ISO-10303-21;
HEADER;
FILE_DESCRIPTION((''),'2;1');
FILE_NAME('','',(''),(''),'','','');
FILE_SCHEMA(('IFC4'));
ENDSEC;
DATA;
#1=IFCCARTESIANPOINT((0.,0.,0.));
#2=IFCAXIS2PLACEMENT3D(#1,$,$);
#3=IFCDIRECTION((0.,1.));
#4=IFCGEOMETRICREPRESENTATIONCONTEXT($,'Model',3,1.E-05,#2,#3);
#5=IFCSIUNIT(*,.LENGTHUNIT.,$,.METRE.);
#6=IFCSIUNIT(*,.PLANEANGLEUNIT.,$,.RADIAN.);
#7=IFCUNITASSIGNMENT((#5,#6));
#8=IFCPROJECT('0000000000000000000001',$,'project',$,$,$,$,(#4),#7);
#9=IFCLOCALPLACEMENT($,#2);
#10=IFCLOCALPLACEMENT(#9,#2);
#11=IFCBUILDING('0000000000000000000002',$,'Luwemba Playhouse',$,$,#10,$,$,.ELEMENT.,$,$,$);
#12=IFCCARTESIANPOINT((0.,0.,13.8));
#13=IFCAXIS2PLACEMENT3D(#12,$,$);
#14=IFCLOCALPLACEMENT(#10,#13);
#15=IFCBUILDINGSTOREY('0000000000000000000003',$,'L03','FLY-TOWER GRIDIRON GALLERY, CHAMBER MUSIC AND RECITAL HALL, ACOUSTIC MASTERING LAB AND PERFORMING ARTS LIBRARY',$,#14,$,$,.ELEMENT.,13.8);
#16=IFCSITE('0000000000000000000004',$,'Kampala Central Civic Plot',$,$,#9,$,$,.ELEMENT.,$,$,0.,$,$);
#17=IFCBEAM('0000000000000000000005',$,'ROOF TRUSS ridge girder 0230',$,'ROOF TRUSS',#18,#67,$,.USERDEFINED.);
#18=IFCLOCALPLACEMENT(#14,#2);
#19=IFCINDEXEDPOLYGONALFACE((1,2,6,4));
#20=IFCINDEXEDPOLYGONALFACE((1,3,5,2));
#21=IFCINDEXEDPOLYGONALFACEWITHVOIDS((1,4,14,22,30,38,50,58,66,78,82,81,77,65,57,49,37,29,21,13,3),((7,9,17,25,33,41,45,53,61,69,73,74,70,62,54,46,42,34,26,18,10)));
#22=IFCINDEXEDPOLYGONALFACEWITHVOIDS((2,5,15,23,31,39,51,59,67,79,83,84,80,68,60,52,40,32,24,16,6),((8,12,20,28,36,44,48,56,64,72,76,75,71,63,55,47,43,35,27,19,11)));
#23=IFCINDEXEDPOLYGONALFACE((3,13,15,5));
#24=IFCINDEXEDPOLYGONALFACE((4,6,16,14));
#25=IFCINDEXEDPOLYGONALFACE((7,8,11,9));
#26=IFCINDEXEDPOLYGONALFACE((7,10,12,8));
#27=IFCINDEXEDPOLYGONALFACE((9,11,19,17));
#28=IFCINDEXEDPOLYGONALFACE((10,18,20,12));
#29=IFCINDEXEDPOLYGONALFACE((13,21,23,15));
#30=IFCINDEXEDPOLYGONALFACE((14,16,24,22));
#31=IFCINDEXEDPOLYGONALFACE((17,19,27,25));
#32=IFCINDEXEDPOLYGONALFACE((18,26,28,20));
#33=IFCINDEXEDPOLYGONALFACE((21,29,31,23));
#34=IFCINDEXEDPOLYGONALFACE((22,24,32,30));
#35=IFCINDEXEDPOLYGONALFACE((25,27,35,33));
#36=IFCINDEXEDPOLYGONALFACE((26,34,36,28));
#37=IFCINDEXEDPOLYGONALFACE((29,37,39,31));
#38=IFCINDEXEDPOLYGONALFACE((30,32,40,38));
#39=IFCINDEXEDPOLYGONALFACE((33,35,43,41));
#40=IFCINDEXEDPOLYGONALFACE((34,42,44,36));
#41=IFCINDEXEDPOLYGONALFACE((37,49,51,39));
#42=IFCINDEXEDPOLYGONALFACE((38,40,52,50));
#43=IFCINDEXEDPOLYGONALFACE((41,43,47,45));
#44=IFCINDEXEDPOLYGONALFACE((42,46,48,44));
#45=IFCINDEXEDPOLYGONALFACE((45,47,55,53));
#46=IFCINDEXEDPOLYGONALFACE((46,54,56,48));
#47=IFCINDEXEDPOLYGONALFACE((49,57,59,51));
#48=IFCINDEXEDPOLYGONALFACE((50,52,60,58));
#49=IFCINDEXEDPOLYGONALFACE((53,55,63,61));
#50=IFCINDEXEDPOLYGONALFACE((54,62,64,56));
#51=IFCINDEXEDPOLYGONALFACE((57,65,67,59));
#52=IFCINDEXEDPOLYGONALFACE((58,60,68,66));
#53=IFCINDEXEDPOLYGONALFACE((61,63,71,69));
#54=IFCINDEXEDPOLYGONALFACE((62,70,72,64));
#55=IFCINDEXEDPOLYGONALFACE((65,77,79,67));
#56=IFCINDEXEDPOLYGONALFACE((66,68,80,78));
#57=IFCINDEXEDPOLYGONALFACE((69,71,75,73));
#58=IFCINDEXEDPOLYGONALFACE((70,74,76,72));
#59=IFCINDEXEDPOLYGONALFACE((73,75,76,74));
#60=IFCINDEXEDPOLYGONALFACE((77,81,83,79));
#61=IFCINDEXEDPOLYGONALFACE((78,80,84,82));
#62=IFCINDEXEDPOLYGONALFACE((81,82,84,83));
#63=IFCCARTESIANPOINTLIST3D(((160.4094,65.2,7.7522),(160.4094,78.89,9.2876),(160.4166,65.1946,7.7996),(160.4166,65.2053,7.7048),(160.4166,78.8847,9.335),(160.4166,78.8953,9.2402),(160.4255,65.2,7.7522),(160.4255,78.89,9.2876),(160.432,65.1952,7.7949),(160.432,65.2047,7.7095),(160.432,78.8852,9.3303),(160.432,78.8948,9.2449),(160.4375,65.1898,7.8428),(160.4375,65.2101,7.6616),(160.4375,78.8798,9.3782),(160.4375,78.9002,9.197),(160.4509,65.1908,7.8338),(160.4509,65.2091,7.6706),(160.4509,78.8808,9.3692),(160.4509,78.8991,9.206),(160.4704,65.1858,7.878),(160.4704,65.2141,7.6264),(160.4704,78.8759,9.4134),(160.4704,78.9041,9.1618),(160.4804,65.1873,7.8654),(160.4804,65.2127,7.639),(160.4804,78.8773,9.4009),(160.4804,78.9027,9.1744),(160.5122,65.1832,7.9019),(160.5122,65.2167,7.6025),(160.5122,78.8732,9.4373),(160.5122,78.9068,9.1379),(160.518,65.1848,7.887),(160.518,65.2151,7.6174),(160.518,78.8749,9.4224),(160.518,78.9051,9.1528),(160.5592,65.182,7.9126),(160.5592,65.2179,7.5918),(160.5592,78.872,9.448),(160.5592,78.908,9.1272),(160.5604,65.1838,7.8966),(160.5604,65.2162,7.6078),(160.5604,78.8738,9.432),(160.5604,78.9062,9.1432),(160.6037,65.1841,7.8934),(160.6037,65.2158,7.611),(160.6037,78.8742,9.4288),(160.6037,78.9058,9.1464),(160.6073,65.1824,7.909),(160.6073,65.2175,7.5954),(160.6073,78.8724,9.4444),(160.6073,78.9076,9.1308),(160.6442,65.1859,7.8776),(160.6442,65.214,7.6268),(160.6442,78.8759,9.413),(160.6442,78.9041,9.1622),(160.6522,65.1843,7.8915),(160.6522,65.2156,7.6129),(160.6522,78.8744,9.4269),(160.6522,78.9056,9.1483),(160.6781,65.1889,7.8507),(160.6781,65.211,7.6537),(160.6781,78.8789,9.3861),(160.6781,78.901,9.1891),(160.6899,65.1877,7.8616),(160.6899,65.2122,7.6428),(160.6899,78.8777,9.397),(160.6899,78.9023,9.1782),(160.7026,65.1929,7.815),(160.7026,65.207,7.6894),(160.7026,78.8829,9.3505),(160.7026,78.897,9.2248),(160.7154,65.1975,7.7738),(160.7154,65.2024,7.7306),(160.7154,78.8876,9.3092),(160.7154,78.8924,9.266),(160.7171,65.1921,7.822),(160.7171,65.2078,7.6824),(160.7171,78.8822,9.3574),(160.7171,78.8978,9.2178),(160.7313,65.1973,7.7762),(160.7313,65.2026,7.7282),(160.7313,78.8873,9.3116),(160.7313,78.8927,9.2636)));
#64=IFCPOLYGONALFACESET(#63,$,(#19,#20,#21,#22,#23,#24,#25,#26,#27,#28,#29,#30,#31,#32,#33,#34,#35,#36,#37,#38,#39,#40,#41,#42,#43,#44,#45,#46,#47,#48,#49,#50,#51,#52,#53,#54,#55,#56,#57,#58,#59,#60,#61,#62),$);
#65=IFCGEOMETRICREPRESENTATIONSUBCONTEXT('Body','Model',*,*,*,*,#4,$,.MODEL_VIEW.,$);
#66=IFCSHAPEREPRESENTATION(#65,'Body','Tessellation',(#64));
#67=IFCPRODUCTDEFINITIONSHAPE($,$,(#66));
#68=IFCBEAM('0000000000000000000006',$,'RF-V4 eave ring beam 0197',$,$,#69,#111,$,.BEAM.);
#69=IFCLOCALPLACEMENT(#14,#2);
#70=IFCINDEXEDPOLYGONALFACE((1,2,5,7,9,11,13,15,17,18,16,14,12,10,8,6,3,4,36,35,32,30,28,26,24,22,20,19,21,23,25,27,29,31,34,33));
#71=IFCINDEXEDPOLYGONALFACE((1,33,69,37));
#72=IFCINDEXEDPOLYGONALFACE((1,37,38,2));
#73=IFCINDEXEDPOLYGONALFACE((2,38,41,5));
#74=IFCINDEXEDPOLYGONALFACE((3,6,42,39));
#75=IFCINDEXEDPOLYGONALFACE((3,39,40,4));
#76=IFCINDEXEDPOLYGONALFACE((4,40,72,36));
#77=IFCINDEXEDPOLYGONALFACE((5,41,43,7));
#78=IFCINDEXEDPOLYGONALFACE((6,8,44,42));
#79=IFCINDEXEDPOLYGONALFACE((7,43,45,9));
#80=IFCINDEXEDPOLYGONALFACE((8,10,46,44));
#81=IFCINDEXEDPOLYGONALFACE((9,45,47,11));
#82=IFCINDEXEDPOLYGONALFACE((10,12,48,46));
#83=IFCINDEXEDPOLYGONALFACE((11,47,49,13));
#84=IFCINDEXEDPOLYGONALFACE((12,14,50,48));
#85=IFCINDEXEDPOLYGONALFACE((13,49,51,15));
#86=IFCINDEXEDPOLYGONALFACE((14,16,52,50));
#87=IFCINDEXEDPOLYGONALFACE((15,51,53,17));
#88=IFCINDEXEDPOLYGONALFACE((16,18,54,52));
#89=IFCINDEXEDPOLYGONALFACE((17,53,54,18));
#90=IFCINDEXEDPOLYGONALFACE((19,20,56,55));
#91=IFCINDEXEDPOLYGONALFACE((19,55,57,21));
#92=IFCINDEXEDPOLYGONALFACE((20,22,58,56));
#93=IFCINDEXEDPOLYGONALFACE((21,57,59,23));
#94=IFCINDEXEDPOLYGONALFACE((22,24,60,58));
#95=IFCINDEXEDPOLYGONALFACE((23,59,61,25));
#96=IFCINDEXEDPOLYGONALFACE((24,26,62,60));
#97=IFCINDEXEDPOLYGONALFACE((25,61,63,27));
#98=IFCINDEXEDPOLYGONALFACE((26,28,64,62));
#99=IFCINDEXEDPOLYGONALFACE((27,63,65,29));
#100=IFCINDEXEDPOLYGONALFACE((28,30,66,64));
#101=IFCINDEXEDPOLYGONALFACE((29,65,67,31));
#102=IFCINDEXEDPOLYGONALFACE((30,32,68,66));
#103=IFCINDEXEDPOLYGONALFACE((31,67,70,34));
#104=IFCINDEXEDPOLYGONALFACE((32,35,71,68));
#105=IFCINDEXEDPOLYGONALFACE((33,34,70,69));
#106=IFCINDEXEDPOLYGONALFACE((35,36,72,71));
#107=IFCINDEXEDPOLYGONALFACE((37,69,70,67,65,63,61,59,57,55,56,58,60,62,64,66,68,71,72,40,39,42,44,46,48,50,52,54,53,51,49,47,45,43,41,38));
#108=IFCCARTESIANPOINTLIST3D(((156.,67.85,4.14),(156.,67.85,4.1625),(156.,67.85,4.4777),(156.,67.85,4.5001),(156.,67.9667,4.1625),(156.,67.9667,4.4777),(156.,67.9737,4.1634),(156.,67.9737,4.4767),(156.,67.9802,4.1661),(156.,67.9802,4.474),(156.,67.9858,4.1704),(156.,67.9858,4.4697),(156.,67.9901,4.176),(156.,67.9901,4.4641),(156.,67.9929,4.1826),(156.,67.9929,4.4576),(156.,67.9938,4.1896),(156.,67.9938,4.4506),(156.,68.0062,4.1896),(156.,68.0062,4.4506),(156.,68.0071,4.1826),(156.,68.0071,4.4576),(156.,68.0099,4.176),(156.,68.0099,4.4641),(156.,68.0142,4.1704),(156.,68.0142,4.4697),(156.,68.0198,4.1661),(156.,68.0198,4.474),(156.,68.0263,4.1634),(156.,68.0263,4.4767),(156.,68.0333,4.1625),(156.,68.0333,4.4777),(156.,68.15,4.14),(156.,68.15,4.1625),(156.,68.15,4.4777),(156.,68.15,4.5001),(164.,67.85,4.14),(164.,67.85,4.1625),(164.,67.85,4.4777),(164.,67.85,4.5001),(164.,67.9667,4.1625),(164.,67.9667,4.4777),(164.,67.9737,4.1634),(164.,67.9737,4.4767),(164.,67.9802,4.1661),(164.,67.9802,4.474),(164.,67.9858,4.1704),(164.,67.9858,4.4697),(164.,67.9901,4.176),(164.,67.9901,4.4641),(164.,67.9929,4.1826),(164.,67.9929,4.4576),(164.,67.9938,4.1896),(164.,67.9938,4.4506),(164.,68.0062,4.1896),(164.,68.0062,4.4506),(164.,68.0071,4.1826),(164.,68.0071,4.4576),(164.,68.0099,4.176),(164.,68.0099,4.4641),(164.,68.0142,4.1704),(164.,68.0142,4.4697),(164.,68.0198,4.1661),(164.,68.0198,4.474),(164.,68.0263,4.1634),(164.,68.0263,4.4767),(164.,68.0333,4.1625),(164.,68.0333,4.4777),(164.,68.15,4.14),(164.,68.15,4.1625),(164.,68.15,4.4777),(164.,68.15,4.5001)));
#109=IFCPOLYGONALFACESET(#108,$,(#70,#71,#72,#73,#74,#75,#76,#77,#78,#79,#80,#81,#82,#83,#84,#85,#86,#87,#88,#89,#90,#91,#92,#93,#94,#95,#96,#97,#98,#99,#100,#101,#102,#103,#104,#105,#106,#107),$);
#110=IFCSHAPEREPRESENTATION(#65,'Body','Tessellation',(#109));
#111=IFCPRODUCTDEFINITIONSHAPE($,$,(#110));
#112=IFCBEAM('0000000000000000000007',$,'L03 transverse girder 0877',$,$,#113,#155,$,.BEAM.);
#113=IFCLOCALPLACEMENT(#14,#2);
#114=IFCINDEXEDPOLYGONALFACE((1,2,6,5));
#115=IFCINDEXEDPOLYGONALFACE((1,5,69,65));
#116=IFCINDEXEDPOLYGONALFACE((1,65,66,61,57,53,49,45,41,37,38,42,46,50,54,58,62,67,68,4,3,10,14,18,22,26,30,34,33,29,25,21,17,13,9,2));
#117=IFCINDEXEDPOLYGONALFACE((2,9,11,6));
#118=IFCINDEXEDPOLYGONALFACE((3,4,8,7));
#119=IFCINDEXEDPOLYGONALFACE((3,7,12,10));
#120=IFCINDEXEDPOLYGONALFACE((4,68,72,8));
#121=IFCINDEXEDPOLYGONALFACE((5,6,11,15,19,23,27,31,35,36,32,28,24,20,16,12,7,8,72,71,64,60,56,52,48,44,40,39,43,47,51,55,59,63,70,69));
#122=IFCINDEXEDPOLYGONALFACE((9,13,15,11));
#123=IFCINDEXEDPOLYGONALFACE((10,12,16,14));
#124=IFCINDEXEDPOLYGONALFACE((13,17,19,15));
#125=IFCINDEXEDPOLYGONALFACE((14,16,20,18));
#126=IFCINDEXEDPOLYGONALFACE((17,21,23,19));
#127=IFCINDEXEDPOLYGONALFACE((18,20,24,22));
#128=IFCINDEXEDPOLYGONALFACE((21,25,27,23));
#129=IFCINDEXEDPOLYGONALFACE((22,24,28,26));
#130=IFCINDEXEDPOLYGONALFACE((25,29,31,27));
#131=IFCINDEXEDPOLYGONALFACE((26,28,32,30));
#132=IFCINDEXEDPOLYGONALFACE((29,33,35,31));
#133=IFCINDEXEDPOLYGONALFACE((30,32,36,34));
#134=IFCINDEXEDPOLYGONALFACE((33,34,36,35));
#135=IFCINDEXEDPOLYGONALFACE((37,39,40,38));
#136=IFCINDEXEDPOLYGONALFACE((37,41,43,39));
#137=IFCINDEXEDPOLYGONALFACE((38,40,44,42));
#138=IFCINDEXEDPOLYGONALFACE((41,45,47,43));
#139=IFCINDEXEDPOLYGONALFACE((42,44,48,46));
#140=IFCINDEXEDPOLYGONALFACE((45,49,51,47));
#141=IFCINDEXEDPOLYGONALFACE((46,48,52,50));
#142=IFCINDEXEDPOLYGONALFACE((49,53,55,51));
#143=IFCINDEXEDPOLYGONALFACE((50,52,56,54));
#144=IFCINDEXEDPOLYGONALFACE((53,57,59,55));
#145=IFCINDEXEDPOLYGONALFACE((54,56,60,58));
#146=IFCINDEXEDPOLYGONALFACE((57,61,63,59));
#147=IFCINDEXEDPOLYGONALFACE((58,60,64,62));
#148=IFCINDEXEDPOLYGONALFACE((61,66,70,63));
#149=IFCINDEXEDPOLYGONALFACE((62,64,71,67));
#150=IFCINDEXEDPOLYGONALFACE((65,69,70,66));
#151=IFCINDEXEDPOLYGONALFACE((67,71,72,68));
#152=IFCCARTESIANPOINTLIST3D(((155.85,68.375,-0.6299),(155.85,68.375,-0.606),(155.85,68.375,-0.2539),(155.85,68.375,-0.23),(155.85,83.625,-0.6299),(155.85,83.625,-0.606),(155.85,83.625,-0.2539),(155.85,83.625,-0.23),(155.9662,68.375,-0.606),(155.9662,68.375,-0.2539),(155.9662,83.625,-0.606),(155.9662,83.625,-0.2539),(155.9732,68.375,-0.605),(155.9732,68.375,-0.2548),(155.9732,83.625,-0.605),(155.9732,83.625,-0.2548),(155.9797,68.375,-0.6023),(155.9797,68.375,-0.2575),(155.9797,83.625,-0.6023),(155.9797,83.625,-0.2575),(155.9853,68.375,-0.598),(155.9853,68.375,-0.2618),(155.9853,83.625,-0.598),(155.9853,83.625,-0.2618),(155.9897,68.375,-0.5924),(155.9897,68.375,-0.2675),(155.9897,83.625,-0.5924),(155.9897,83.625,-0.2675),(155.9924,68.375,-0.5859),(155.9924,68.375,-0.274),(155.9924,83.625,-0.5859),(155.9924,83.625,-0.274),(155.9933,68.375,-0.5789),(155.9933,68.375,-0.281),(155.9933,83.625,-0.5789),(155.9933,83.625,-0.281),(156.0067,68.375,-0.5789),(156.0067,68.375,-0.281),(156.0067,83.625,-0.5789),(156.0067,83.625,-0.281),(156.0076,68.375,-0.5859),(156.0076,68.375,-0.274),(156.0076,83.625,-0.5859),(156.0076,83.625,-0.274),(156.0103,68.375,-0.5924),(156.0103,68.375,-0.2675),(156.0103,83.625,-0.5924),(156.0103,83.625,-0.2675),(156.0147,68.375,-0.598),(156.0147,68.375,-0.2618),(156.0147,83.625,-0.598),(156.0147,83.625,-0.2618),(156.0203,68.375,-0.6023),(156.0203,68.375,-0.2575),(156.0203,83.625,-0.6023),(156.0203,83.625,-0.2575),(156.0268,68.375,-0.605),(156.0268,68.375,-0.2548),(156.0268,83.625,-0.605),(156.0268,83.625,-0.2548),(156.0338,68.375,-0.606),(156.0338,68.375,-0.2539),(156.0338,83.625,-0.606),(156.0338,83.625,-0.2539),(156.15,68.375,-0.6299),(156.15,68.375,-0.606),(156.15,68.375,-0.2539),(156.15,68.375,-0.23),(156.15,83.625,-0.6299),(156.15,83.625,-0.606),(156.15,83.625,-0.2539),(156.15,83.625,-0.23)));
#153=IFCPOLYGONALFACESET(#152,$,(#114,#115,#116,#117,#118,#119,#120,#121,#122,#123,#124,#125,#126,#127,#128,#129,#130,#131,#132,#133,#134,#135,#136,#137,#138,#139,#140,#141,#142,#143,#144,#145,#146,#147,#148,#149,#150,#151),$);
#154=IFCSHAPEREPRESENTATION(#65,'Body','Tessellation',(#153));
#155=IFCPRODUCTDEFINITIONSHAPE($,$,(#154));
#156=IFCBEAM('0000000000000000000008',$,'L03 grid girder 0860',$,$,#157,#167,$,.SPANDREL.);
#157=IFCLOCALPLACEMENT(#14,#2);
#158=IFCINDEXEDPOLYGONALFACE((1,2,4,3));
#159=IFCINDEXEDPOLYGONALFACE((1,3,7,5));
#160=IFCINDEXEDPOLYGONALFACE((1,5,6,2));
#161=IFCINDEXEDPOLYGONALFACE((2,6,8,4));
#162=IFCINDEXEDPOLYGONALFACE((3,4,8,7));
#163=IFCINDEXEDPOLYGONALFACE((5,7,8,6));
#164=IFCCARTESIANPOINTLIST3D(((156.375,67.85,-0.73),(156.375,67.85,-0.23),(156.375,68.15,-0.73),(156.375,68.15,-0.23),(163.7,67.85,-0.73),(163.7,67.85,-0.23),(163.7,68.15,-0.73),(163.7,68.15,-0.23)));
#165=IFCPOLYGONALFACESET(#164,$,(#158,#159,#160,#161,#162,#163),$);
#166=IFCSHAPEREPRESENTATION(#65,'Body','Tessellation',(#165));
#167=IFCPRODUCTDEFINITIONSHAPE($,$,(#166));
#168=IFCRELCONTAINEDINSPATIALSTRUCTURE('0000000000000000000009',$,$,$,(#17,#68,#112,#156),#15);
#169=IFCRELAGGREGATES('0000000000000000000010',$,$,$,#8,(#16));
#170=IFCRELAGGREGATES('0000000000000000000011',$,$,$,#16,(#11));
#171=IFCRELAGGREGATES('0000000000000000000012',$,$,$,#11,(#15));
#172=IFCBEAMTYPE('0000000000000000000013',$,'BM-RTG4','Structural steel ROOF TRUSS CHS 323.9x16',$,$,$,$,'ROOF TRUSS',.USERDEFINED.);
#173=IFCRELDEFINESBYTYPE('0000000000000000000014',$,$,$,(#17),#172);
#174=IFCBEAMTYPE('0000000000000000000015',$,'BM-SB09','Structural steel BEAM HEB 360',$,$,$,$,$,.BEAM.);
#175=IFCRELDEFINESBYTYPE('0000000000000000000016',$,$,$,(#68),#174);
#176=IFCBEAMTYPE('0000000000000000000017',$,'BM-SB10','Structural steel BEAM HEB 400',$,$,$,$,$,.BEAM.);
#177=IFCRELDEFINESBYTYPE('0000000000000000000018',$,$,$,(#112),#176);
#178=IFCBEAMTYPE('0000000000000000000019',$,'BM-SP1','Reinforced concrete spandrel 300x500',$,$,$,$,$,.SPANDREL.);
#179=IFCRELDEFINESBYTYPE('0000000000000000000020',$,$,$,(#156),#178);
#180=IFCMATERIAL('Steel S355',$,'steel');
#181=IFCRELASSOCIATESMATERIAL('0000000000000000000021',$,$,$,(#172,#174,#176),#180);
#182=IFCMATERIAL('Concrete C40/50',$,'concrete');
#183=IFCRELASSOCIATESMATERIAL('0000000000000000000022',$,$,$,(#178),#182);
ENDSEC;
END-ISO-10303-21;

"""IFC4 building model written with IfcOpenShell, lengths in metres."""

from ifc_helpers import new_model, si_unit, direction, frame, origin, origin_2d, place, context, subcontext, project, spatial, rectangle, hollow_circle, i_section, extrude, material, material_profile, profile_set, type_object, element, save


model = new_model("IFC4")

# Units and contexts
model_context = context("Model", 3, precision=1e-05, world=origin(), true_north=direction((0.0, 1.0)))
body_context = subcontext(model_context, "Body", "Model", "MODEL_VIEW")
ifc_project = project(units=[si_unit("LENGTHUNIT", "METRE"), si_unit("PLANEANGLEUNIT", "RADIAN")], contexts=[model_context])

# Site, building, storey
site_placement = place(None, origin())
site = spatial("IfcSite", under=ifc_project, at=site_placement, Name="Kampala Central Civic Plot", CompositionType="ELEMENT", RefElevation=0.0)
building_placement = place(site_placement, origin())
building = spatial("IfcBuilding", under=site, at=building_placement, Name="Luwemba Playhouse", CompositionType="ELEMENT")
storey_placement = place(building_placement, frame((0.0, 0.0, 13.8)))
storey = spatial("IfcBuildingStorey", under=building, at=storey_placement, Name="L03", Description="FLY-TOWER GRIDIRON GALLERY, CHAMBER MUSIC AND RECITAL HALL, ACOUSTIC MASTERING LAB AND PERFORMING ARTS LIBRARY", CompositionType="ELEMENT", Elevation=13.8)

# Shared definitions
ifc_material_1 = material(Name="Concrete C40/50", Category="concrete")

# Beams
ifc_material_2 = material(Name="Steel S355", Category="steel")
ifc_material_profile_1 = material_profile(ifc_material_2, hollow_circle(Radius=0.1619, WallThickness=0.0161, at=origin_2d()))
ifc_profile_set_1 = profile_set([ifc_material_profile_1], Name="Steel S355")
beam_type_1 = type_object("IfcBeamType", Name="BM-RTG4", Description="Structural steel ROOF TRUSS CHS 323.9x16", ElementType="ROOF TRUSS", PredefinedType="USERDEFINED", material=ifc_profile_set_1)
beam_1_placement = place(storey_placement, frame((160.5713, 65.2, 7.7522), z_axis=(0.0, 0.993769, 0.111457), x_axis=(-1.0, 0.0, 0.0)))
element("IfcBeam", 1, at=beam_1_placement, inside=storey, type_object=beam_type_1, Name="ROOF TRUSS ridge girder 0230", ObjectType="ROOF TRUSS", PredefinedType="USERDEFINED", context=body_context, shape_type="SweptSolid", body=[
    extrude(hollow_circle(Radius=0.1619, WallThickness=0.0161, at=origin_2d()), origin(), (0.0, 0.0, 1.0), 13.7759),
])
ifc_material_profile_2 = material_profile(ifc_material_2, i_section(OverallWidth=0.3, OverallDepth=0.3601, WebThickness=0.0125, FlangeThickness=0.0225, FilletRadius=0.0271, at=origin_2d()))
ifc_profile_set_2 = profile_set([ifc_material_profile_2], Name="Steel S355")
beam_type_2 = type_object("IfcBeamType", Name="BM-SB09", Description="Structural steel BEAM HEB 360", PredefinedType="BEAM", material=ifc_profile_set_2)
beam_2_placement = place(storey_placement, frame((156.0, 68.0, 4.3201), z_axis=(1.0, 0.0, 0.0), x_axis=(0.0, 1.0, 0.0)))
element("IfcBeam", 2, at=beam_2_placement, inside=storey, type_object=beam_type_2, Name="RF-V4 eave ring beam 0197", PredefinedType="BEAM", context=body_context, shape_type="SweptSolid", body=[
    extrude(i_section(OverallWidth=0.3, OverallDepth=0.3601, WebThickness=0.0125, FlangeThickness=0.0225, FilletRadius=0.0271, at=origin_2d()), origin(), (0.0, 0.0, 1.0), 8.0),
])
ifc_material_profile_3 = material_profile(ifc_material_2, i_section(OverallWidth=0.3, OverallDepth=0.3999, WebThickness=0.0134, FlangeThickness=0.0239, FilletRadius=0.0271, at=origin_2d()))
ifc_profile_set_3 = profile_set([ifc_material_profile_3], Name="Steel S355")
beam_type_3 = type_object("IfcBeamType", Name="BM-SB10", Description="Structural steel BEAM HEB 400", PredefinedType="BEAM", material=ifc_profile_set_3)
beam_3_placement = place(storey_placement, frame((156.0, 68.375, -0.4299), z_axis=(0.0, 1.0, 0.0), x_axis=(-1.0, 0.0, 0.0)))
element("IfcBeam", 3, at=beam_3_placement, inside=storey, type_object=beam_type_3, Name="L03 transverse girder 0877", PredefinedType="BEAM", context=body_context, shape_type="SweptSolid", body=[
    extrude(i_section(OverallWidth=0.3, OverallDepth=0.3999, WebThickness=0.0134, FlangeThickness=0.0239, FilletRadius=0.0271, at=origin_2d()), origin(), (0.0, 0.0, 1.0), 15.25),
])
ifc_material_profile_4 = material_profile(ifc_material_1, rectangle(XDim=0.3, YDim=0.5, at=origin_2d()))
ifc_profile_set_4 = profile_set([ifc_material_profile_4], Name="Concrete C40/50")
beam_type_4 = type_object("IfcBeamType", Name="BM-SP1", Description="Reinforced concrete spandrel 300x500", PredefinedType="SPANDREL", material=ifc_profile_set_4)
beam_4_placement = place(storey_placement, frame((156.375, 68.0, -0.48), z_axis=(1.0, 0.0, 0.0), x_axis=(0.0, 1.0, 0.0)))
element("IfcBeam", 4, at=beam_4_placement, inside=storey, type_object=beam_type_4, Name="L03 grid girder 0860", PredefinedType="SPANDREL", context=body_context, shape_type="SweptSolid", body=[
    extrude(rectangle(XDim=0.3, YDim=0.5, at=origin_2d()), origin(), (0.0, 0.0, 1.0), 7.325),
])

save(model, "model.ifc")
